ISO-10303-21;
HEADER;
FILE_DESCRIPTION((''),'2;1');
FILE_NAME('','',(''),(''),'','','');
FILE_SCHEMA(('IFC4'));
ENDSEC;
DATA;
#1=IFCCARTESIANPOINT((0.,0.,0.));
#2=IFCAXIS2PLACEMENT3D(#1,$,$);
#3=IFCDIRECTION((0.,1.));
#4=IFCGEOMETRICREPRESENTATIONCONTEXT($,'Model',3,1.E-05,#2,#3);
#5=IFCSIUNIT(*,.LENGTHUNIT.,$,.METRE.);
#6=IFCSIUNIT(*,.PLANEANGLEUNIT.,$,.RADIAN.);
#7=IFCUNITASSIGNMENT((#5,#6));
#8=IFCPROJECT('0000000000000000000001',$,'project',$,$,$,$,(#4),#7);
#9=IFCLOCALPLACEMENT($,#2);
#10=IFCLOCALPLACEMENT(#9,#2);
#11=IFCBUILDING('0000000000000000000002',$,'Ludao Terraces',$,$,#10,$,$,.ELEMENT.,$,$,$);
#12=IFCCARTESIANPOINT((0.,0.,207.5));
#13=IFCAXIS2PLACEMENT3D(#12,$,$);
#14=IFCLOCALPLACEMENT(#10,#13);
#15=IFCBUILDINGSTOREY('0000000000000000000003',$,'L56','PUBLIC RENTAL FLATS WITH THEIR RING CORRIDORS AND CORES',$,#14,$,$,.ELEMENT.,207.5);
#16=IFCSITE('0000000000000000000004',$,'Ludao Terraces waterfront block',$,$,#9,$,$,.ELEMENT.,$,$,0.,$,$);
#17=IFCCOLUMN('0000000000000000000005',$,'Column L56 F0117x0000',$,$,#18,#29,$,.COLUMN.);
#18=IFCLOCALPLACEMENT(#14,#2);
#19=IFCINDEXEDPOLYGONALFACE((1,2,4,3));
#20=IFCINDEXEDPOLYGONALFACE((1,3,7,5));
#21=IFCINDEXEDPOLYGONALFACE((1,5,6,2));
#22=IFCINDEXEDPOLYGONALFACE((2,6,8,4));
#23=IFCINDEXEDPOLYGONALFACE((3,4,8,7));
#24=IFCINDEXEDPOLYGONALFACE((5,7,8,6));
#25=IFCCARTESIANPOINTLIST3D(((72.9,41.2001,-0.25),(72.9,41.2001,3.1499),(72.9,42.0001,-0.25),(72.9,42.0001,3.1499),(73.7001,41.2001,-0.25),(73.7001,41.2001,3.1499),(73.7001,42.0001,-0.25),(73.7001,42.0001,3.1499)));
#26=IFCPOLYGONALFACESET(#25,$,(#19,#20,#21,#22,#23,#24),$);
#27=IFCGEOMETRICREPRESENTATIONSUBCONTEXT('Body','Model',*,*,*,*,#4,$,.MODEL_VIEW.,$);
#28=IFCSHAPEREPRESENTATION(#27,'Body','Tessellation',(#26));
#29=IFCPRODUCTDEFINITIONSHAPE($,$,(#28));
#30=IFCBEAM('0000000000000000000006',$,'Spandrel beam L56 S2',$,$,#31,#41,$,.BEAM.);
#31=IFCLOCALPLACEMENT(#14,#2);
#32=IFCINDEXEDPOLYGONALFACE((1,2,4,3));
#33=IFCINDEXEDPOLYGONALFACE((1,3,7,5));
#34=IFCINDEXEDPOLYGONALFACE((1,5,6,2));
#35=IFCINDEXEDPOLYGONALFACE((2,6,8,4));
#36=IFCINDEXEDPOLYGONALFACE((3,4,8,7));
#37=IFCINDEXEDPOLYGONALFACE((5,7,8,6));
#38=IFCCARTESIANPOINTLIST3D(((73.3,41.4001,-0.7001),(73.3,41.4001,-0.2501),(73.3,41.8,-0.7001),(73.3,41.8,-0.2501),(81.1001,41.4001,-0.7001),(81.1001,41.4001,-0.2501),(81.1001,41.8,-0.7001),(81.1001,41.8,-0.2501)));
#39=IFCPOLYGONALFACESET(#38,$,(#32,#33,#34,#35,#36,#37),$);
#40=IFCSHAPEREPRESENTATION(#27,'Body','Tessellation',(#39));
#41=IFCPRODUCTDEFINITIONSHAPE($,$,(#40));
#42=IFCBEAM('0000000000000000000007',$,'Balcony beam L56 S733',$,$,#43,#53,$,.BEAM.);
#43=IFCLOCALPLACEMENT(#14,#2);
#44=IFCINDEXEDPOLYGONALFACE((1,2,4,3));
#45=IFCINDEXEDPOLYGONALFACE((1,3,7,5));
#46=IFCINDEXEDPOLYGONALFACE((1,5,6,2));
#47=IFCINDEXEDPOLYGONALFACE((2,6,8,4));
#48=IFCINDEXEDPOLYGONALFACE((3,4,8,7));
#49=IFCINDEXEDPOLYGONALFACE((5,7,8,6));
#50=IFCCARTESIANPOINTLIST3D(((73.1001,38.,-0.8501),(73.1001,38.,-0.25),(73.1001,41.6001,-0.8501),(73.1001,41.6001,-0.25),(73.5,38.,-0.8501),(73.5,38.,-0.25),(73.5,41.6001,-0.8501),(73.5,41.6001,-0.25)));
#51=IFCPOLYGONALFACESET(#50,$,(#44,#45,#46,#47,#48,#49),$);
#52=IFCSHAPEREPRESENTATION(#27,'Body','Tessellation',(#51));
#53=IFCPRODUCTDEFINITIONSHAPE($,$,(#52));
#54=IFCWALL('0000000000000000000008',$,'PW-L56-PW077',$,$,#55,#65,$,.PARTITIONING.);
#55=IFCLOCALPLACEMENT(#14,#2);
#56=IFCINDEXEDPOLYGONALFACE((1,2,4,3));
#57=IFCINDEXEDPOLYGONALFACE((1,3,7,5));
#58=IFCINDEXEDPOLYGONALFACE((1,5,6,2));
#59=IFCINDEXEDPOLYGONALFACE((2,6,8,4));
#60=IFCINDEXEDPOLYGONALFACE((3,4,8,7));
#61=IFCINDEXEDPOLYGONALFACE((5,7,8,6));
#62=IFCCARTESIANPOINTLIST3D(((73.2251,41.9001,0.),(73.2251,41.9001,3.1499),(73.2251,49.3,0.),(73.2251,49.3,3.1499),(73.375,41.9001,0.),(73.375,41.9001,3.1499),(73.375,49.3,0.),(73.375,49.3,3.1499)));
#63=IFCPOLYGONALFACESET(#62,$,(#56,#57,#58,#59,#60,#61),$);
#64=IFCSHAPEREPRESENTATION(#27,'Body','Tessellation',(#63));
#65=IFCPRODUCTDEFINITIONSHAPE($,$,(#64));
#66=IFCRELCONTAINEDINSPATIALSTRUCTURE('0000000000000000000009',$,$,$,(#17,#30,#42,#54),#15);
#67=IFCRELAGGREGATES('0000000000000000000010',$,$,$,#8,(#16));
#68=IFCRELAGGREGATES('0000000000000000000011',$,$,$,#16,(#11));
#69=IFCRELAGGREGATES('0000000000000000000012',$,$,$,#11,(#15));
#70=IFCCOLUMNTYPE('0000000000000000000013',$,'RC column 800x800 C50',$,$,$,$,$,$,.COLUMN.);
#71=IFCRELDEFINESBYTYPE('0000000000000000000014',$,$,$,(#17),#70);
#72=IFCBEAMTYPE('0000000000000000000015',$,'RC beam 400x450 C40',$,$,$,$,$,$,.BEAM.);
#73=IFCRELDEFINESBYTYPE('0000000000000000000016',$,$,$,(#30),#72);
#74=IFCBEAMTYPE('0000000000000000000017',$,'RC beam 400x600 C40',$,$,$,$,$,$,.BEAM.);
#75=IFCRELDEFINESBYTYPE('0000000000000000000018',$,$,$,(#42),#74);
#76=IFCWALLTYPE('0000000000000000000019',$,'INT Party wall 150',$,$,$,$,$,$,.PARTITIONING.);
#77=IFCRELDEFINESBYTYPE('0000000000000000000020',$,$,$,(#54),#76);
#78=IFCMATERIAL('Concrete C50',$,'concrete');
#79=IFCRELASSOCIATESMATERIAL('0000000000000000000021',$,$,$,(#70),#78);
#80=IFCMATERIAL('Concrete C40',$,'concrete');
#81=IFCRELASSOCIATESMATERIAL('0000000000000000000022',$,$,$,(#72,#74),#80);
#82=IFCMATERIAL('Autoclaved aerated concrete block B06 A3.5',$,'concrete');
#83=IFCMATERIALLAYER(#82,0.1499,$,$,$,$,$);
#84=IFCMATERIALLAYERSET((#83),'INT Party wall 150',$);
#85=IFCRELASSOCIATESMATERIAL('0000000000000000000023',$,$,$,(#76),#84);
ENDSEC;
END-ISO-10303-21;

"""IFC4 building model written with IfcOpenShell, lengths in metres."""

from ifc_helpers import new_model, si_unit, direction, frame, frame_2d, origin, origin_2d, place, context, subcontext, project, spatial, rectangle, extrude, material, layer, layer_set, material_profile, profile_set, type_object, element, save


model = new_model("IFC4")

# Units and contexts
model_context = context("Model", 3, precision=1e-05, world=origin(), true_north=direction((0.0, 1.0)))
body_context = subcontext(model_context, "Body", "Model", "MODEL_VIEW")
ifc_project = project(units=[si_unit("LENGTHUNIT", "METRE"), si_unit("PLANEANGLEUNIT", "RADIAN")], contexts=[model_context])

# Site, building, storey
site_placement = place(None, origin())
site = spatial("IfcSite", under=ifc_project, at=site_placement, Name="Ludao Terraces waterfront block", CompositionType="ELEMENT", RefElevation=0.0)
building_placement = place(site_placement, origin())
building = spatial("IfcBuilding", under=site, at=building_placement, Name="Ludao Terraces", CompositionType="ELEMENT")
storey_placement = place(building_placement, frame((0.0, 0.0, 207.5)))
storey = spatial("IfcBuildingStorey", under=building, at=storey_placement, Name="L56", Description="PUBLIC RENTAL FLATS WITH THEIR RING CORRIDORS AND CORES", CompositionType="ELEMENT", Elevation=207.5)

# Column
ifc_material_1 = material(Name="Concrete C50", Category="concrete")
ifc_material_profile_1 = material_profile(ifc_material_1, rectangle(XDim=0.8, YDim=0.8, at=origin_2d()), Name="800 X 800")
ifc_profile_set_1 = profile_set([ifc_material_profile_1], Name="Concrete C50")
column_type = type_object("IfcColumnType", Name="RC column 800x800 C50", PredefinedType="COLUMN", material=ifc_profile_set_1)
column_placement = place(storey_placement, frame((73.3, 41.6001, -0.25), z_axis=(0.0, 0.0, 1.0), x_axis=(1.0, 0.0, 0.0)))
element("IfcColumn", 1, at=column_placement, inside=storey, type_object=column_type, Name="Column L56 F0117x0000", PredefinedType="COLUMN", context=body_context, shape_type="SweptSolid", body=[
    extrude(rectangle(XDim=0.8, YDim=0.8, at=origin_2d()), origin(), (0.0, 0.0, 1.0), 3.3999),
])

# Beams
ifc_material_2 = material(Name="Concrete C40", Category="concrete")
ifc_material_profile_2 = material_profile(ifc_material_2, rectangle(XDim=0.3999, YDim=0.45, at=origin_2d()), Name="400 X 450")
ifc_profile_set_2 = profile_set([ifc_material_profile_2], Name="Concrete C40")
beam_type_1 = type_object("IfcBeamType", Name="RC beam 400x450 C40", PredefinedType="BEAM", material=ifc_profile_set_2)
beam_1_placement = place(storey_placement, frame((73.3, 41.6001, -0.4751), z_axis=(1.0, 0.0, 0.0), x_axis=(0.0, 1.0, 0.0)))
element("IfcBeam", 2, at=beam_1_placement, inside=storey, type_object=beam_type_1, Name="Spandrel beam L56 S2", PredefinedType="BEAM", context=body_context, shape_type="SweptSolid", body=[
    extrude(rectangle(XDim=0.3999, YDim=0.45, at=origin_2d()), origin(), (0.0, 0.0, 1.0), 7.8),
])
ifc_material_profile_3 = material_profile(ifc_material_2, rectangle(XDim=0.3999, YDim=0.6001, at=origin_2d()), Name="400 X 600")
ifc_profile_set_3 = profile_set([ifc_material_profile_3], Name="Concrete C40")
beam_type_2 = type_object("IfcBeamType", Name="RC beam 400x600 C40", PredefinedType="BEAM", material=ifc_profile_set_3)
beam_2_placement = place(storey_placement, frame((73.3, 41.6001, -0.55), z_axis=(0.0, -1.0, 0.0), x_axis=(1.0, 0.0, 0.0)))
element("IfcBeam", 3, at=beam_2_placement, inside=storey, type_object=beam_type_2, Name="Balcony beam L56 S733", PredefinedType="BEAM", context=body_context, shape_type="SweptSolid", body=[
    extrude(rectangle(XDim=0.3999, YDim=0.6001, at=origin_2d()), origin(), (0.0, 0.0, 1.0), 3.6001),
])

# Wall
ifc_material_3 = material(Name="Autoclaved aerated concrete block B06 A3.5", Category="concrete")
ifc_layer = layer(ifc_material_3, 0.1499)
ifc_layer_set = layer_set([ifc_layer], Name="INT Party wall 150")
wall_type = type_object("IfcWallType", Name="INT Party wall 150", PredefinedType="PARTITIONING", material=ifc_layer_set)
wall_placement = place(storey_placement, frame((73.3, 41.9001, 0.0), z_axis=(0.0, 0.0, 1.0), x_axis=(0.0, 1.0, 0.0)))
element("IfcWall", 4, at=wall_placement, inside=storey, type_object=wall_type, Name="PW-L56-PW077", PredefinedType="PARTITIONING", context=body_context, shape_type="SweptSolid", body=[
    extrude(rectangle(XDim=7.3999, YDim=0.1499, at=frame_2d((3.7, 0.0))), origin(), (0.0, 0.0, 1.0), 3.1499),
])

save(model, "model.ifc")
